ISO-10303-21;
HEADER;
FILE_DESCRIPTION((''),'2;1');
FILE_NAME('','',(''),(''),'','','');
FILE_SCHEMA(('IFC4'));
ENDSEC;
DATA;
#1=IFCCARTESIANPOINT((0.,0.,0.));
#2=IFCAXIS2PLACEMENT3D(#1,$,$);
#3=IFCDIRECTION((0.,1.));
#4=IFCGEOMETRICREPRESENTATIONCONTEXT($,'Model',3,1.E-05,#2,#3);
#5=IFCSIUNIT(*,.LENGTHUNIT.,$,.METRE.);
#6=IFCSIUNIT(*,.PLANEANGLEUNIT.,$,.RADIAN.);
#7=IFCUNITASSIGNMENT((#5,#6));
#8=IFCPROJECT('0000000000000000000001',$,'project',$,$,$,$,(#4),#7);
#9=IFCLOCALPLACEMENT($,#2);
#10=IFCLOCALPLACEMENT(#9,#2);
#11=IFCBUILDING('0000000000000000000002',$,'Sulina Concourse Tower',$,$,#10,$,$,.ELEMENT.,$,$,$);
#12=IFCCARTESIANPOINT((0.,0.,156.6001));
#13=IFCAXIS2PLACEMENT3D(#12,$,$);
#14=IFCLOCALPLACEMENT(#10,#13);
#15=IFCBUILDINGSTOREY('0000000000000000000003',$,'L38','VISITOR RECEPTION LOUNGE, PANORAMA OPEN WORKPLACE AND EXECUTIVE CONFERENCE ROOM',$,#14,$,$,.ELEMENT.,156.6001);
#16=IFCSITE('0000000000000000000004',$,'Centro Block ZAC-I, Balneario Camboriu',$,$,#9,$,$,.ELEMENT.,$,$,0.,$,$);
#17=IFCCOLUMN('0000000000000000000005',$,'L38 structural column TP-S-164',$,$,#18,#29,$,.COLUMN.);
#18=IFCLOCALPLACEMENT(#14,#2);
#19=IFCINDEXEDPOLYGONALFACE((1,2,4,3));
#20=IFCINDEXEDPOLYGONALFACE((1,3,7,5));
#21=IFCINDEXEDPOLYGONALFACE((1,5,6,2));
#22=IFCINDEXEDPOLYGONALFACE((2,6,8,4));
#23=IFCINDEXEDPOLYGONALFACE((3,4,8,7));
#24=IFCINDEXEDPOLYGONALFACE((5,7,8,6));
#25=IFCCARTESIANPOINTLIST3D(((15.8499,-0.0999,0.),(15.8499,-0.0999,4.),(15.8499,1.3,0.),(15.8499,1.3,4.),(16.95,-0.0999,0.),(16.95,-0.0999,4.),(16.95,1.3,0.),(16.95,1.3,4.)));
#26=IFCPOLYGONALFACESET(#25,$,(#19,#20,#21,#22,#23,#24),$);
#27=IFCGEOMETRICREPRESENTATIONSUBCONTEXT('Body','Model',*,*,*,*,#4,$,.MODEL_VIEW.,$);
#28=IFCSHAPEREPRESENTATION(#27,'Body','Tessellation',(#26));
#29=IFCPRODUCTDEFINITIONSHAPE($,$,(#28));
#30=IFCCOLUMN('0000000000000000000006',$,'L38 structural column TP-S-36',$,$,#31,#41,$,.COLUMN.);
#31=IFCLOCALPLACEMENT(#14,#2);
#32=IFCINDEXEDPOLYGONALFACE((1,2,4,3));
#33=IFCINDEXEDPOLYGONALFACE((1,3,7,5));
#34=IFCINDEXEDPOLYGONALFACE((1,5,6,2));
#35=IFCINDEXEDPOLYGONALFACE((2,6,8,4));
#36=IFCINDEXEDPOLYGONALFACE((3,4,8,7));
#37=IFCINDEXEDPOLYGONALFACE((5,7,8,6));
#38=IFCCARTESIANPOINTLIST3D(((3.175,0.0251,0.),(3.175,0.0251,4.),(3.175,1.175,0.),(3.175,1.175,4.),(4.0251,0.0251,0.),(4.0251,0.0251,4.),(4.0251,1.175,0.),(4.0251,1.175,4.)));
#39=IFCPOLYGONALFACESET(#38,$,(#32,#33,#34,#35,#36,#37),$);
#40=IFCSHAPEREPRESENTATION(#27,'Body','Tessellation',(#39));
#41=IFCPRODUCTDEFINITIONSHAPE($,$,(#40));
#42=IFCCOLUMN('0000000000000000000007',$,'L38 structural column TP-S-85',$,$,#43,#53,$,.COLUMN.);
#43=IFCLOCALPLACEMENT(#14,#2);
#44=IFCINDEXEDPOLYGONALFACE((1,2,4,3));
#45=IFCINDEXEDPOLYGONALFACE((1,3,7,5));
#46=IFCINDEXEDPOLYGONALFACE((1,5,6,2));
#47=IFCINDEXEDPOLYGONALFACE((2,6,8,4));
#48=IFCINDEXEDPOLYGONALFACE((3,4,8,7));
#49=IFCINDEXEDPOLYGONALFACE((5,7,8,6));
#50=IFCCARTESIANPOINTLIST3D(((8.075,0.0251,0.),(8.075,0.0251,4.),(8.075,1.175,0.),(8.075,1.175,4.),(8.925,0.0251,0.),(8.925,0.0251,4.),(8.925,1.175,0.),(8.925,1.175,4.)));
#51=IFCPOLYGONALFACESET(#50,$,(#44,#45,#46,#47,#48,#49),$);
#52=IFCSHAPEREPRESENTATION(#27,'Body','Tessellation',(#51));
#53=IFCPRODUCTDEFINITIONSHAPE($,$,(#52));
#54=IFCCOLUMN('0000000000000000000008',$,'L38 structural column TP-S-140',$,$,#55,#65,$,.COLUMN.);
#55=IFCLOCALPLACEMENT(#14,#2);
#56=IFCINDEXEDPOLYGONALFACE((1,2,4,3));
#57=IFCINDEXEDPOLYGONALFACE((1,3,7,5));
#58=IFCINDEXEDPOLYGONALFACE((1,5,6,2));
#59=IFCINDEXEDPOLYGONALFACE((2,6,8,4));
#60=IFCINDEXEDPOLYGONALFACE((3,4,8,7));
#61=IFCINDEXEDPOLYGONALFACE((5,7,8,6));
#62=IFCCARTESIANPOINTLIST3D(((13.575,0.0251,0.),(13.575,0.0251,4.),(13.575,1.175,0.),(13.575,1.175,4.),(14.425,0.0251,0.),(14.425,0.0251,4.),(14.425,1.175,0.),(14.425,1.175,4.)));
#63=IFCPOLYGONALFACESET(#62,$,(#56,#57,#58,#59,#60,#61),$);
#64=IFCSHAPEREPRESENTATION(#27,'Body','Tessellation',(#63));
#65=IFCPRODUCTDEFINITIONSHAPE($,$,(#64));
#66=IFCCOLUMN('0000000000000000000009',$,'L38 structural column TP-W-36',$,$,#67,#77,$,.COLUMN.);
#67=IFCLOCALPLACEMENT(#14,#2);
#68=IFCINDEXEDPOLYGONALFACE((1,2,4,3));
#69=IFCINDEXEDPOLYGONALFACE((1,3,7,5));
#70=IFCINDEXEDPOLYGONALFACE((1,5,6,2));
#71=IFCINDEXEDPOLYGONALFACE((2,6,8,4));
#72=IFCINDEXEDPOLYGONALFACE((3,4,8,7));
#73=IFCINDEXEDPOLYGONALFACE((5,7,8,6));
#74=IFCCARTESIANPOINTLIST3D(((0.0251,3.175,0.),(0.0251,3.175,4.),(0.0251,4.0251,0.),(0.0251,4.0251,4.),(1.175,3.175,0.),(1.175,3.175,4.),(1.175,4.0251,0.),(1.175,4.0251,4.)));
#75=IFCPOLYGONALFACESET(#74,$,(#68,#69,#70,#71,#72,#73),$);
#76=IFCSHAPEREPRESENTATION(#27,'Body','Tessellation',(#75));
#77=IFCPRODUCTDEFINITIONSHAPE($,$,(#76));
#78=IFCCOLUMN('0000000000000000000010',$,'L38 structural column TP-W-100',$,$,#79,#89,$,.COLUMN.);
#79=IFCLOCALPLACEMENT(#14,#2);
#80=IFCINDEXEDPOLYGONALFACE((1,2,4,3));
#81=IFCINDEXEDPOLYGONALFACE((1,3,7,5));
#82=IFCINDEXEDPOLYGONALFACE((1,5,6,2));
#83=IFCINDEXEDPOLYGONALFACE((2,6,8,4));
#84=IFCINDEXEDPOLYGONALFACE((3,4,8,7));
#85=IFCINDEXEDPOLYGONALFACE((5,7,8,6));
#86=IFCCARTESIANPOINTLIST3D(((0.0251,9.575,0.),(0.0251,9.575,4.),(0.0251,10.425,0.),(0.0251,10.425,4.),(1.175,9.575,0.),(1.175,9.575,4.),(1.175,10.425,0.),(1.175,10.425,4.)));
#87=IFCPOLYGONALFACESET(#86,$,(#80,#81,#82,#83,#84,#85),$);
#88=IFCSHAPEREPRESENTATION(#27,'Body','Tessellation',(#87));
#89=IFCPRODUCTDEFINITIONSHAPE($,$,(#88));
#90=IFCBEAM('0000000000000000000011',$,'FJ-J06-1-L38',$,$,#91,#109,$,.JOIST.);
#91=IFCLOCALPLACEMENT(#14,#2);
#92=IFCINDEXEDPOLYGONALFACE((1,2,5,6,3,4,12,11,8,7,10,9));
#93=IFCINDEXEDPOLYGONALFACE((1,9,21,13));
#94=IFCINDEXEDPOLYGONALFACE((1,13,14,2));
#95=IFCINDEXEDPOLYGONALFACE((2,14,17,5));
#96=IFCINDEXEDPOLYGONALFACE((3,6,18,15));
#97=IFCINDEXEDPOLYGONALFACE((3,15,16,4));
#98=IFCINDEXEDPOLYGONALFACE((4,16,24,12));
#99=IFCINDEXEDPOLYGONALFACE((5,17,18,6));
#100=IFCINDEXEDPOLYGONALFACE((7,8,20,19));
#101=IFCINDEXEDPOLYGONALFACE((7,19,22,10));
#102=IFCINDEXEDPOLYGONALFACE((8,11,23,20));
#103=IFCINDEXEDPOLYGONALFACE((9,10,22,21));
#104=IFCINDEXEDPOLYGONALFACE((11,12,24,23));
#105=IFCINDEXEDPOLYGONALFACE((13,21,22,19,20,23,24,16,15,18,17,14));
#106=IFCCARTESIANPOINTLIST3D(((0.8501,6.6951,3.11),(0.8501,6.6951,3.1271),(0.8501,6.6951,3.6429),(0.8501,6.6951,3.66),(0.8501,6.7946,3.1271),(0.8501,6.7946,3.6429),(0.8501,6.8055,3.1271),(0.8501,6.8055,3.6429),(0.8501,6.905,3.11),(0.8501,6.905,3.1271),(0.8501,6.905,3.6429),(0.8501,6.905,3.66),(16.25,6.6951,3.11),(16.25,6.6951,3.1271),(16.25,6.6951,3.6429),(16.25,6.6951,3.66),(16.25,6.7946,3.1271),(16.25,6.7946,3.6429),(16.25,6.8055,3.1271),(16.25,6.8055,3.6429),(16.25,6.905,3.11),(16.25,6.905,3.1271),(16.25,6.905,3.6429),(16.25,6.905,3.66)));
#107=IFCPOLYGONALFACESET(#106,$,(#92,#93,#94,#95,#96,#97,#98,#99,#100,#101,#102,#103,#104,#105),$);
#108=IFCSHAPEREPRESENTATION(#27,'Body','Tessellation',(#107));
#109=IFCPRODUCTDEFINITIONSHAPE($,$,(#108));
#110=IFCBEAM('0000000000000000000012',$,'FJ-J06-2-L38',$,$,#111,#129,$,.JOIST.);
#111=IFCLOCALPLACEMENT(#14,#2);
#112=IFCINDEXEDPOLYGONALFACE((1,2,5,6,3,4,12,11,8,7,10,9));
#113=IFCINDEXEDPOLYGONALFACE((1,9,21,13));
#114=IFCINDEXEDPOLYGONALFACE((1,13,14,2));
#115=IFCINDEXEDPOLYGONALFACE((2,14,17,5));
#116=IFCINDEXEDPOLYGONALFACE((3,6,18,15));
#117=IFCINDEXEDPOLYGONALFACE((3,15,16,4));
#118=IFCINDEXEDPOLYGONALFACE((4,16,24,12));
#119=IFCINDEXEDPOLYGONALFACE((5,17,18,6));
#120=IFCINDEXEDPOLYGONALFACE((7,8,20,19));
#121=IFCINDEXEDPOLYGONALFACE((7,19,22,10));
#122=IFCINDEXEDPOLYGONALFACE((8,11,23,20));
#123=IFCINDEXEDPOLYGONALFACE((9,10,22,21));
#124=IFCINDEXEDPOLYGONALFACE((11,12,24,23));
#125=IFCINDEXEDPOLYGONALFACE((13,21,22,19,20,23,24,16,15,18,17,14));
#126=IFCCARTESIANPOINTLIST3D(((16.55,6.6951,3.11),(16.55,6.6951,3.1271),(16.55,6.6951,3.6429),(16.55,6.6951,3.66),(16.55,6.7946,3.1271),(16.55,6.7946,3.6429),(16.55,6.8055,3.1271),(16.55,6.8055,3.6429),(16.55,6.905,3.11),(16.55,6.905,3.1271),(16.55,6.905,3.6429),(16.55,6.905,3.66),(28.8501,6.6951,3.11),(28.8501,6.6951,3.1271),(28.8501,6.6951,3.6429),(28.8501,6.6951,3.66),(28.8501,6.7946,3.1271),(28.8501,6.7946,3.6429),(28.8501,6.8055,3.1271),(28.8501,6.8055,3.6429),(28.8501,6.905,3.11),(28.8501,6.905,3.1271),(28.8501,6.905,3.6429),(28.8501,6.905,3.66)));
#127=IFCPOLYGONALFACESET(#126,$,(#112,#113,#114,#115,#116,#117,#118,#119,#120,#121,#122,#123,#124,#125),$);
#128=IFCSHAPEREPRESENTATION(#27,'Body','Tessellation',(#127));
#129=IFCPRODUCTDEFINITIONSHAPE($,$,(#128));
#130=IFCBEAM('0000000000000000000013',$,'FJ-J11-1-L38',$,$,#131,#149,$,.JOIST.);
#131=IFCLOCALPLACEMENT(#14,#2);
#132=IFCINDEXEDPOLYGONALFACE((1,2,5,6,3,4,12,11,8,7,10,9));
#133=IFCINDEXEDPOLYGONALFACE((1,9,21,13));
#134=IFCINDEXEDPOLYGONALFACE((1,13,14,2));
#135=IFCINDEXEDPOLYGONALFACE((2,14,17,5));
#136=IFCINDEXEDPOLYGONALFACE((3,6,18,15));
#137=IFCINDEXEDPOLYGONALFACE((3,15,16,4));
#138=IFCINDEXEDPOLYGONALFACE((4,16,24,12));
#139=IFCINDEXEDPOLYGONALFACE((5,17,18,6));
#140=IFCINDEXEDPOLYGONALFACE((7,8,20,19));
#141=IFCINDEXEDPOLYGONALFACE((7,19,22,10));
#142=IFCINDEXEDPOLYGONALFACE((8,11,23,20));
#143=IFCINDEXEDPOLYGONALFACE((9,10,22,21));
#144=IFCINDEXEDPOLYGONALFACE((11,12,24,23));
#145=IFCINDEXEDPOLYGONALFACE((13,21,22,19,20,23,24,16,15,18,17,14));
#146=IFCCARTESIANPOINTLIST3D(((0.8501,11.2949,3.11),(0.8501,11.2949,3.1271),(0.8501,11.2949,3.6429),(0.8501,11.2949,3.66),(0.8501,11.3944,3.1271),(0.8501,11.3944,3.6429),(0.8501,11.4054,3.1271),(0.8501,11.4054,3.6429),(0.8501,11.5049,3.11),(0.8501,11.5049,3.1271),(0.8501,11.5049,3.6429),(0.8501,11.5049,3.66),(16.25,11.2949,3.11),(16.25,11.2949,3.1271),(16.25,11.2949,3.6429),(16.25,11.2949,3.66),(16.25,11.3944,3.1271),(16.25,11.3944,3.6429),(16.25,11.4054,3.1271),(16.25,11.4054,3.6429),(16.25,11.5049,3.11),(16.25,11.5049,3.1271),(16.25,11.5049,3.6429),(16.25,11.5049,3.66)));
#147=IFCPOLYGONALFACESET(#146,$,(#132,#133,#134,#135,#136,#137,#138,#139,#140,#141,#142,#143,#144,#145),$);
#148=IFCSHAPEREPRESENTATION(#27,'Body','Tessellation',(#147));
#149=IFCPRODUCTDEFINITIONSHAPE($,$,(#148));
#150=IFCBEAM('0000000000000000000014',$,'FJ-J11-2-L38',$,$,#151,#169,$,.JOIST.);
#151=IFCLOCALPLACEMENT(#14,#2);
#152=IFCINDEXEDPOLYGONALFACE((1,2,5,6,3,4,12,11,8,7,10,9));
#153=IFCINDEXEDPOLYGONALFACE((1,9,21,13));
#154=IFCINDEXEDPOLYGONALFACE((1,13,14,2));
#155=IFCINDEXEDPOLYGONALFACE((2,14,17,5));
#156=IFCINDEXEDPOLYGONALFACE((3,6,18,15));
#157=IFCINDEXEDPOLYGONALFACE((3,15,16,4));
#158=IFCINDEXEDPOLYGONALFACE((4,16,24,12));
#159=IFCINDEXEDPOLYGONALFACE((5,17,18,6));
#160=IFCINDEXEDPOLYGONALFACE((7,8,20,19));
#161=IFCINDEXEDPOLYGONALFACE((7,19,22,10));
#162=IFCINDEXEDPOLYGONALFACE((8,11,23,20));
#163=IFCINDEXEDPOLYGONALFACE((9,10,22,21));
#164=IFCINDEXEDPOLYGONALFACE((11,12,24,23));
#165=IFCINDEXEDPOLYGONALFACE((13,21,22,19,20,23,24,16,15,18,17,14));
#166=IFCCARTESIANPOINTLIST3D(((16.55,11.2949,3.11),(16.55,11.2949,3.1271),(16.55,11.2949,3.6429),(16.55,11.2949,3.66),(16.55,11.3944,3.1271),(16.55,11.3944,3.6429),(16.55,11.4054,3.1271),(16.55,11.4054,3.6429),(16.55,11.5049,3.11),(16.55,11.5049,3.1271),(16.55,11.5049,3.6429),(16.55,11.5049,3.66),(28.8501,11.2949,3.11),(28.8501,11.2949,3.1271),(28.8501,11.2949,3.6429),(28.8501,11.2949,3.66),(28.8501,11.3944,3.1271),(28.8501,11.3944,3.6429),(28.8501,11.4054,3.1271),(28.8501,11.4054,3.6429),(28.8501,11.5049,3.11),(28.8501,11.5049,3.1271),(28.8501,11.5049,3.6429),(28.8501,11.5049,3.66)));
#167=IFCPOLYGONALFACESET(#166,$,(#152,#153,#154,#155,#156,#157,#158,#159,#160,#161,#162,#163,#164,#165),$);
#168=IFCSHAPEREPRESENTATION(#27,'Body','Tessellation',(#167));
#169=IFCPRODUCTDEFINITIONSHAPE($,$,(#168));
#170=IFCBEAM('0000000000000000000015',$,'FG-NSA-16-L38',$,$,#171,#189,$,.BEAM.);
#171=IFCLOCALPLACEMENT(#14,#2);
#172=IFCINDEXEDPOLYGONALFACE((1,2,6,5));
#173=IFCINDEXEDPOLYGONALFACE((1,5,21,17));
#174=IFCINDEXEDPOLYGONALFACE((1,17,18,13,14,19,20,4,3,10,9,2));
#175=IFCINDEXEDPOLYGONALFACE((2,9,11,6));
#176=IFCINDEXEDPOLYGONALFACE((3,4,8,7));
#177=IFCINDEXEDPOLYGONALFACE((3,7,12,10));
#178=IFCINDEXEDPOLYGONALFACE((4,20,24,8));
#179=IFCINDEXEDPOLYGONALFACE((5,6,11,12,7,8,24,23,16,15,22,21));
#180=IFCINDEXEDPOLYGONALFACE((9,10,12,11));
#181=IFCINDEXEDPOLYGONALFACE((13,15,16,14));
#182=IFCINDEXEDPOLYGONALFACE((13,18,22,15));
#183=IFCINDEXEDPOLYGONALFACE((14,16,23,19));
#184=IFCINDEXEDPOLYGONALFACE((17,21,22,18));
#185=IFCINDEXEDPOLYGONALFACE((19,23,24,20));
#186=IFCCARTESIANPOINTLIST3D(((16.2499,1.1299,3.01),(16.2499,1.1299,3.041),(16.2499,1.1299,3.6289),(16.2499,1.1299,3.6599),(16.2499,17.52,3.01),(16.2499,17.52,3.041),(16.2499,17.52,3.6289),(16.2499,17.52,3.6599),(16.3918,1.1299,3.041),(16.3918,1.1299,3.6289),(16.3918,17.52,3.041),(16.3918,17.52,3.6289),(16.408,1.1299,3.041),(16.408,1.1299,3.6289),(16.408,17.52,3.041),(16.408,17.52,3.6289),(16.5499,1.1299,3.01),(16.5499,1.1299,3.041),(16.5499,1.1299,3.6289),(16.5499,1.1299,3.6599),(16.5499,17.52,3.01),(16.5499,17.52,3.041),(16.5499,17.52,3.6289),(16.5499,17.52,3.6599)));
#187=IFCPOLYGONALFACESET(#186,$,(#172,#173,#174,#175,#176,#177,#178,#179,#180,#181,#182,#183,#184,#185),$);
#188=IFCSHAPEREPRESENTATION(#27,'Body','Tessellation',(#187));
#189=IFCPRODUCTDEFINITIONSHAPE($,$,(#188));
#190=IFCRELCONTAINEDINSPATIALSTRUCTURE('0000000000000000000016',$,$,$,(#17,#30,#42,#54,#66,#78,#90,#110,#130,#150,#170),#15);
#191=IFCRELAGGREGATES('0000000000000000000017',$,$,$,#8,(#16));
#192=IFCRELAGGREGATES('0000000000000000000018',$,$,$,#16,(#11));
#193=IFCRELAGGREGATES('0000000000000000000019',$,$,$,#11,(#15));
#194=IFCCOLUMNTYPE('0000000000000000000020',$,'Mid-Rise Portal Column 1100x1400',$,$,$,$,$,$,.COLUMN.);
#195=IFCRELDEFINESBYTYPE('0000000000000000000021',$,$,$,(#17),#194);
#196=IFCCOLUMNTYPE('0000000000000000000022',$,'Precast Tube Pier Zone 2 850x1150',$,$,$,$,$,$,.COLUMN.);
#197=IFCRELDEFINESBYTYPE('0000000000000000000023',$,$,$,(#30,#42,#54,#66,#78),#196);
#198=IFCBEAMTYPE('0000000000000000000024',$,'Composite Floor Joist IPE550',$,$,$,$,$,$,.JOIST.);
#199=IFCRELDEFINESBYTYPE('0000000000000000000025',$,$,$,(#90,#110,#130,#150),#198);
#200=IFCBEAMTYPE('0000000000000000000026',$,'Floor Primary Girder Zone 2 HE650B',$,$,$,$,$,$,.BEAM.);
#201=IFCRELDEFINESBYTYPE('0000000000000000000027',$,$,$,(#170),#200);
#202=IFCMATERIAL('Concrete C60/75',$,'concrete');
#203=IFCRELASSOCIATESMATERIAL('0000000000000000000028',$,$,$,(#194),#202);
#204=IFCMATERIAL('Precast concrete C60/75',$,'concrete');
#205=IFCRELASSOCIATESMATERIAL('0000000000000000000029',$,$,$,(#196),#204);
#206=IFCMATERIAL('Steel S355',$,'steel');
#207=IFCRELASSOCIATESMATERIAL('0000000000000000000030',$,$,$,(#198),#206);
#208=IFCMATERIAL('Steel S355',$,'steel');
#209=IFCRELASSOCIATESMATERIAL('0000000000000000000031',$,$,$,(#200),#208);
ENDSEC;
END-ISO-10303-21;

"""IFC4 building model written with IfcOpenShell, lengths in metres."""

from ifc_helpers import new_model, si_unit, direction, frame, origin, origin_2d, place, context, subcontext, project, spatial, rectangle, i_section, extrude, material, material_profile, profile_set, type_object, element, save


model = new_model("IFC4")

# Units and contexts
model_context = context("Model", 3, precision=1e-05, world=origin(), true_north=direction((0.0, 1.0)))
body_context = subcontext(model_context, "Body", "Model", "MODEL_VIEW")
ifc_project = project(units=[si_unit("LENGTHUNIT", "METRE"), si_unit("PLANEANGLEUNIT", "RADIAN")], contexts=[model_context])

# Site, building, storey
site_placement = place(None, origin())
site = spatial("IfcSite", under=ifc_project, at=site_placement, Name="Centro Block ZAC-I, Balneario Camboriu", CompositionType="ELEMENT", RefElevation=0.0)
building_placement = place(site_placement, origin())
building = spatial("IfcBuilding", under=site, at=building_placement, Name="Sulina Concourse Tower", CompositionType="ELEMENT")
storey_placement = place(building_placement, frame((0.0, 0.0, 156.6001)))
storey = spatial("IfcBuildingStorey", under=building, at=storey_placement, Name="L38", Description="VISITOR RECEPTION LOUNGE, PANORAMA OPEN WORKPLACE AND EXECUTIVE CONFERENCE ROOM", CompositionType="ELEMENT", Elevation=156.6001)

# Columns
ifc_material_1 = material(Name="Concrete C60/75", Category="concrete")
ifc_material_profile_1 = material_profile(ifc_material_1, rectangle(XDim=1.1001, YDim=1.3999, at=origin_2d()), Name="RC 1100x1400")
ifc_profile_set_1 = profile_set([ifc_material_profile_1], Name="Concrete C60/75")
column_type_1 = type_object("IfcColumnType", Name="Mid-Rise Portal Column 1100x1400", PredefinedType="COLUMN", material=ifc_profile_set_1)
column_placement = place(storey_placement, frame((16.3999, 0.6001, 0.0), z_axis=(0.0, 0.0, 1.0), x_axis=(1.0, 0.0, 0.0)))
element("IfcColumn", 1, at=column_placement, inside=storey, type_object=column_type_1, Name="L38 structural column TP-S-164", PredefinedType="COLUMN", context=body_context, shape_type="SweptSolid", body=[
    extrude(rectangle(XDim=1.1001, YDim=1.3999, at=origin_2d()), origin(), (0.0, 0.0, 1.0), 4.0),
])
ifc_material_2 = material(Name="Precast concrete C60/75", Category="concrete")
ifc_material_profile_2 = material_profile(ifc_material_2, rectangle(XDim=0.8501, YDim=1.1499, at=origin_2d()), Name="PC 850x1150")
ifc_profile_set_2 = profile_set([ifc_material_profile_2], Name="Precast concrete C60/75")
column_type_2 = type_object("IfcColumnType", Name="Precast Tube Pier Zone 2 850x1150", PredefinedType="COLUMN", material=ifc_profile_set_2)
for number, where, z_axis, x_axis, name in (
    (2, (3.6001, 0.6001, 0.0), (0.0, 0.0, 1.0), (1.0, 0.0, 0.0), "L38 structural column TP-S-36"),
    (3, (8.5, 0.6001, 0.0), (0.0, 0.0, 1.0), (1.0, 0.0, 0.0), "L38 structural column TP-S-85"),
    (4, (14.0, 0.6001, 0.0), (0.0, 0.0, 1.0), (1.0, 0.0, 0.0), "L38 structural column TP-S-140"),
    (5, (0.6001, 3.6001, 0.0), (0.0, 0.0, 1.0), (0.0, 1.0, 0.0), "L38 structural column TP-W-36"),
    (6, (0.6001, 10.0, 0.0), (0.0, 0.0, 1.0), (0.0, 1.0, 0.0), "L38 structural column TP-W-100"),
):
    element("IfcColumn", number, at=place(storey_placement, frame(where, z_axis=z_axis, x_axis=x_axis)), inside=storey, type_object=column_type_2, Name=name, PredefinedType="COLUMN", context=body_context, shape_type="SweptSolid", body=[
        extrude(rectangle(XDim=0.8501, YDim=1.1499, at=origin_2d()), origin(), (0.0, 0.0, 1.0), 4.0),
    ])

# Beams
ifc_material_3 = material(Name="Steel S355", Category="steel")
ifc_material_profile_3 = material_profile(ifc_material_3, i_section(OverallWidth=0.21, OverallDepth=0.55, WebThickness=0.011, FlangeThickness=0.0171, at=origin_2d()), Name="IPE 550")
ifc_profile_set_3 = profile_set([ifc_material_profile_3], Name="Steel S355")
beam_type_1 = type_object("IfcBeamType", Name="Composite Floor Joist IPE550", PredefinedType="JOIST", material=ifc_profile_set_3)
beam_1_placement = place(storey_placement, frame((0.8501, 6.8, 3.385), z_axis=(1.0, 0.0, 0.0), x_axis=(0.0, 1.0, 0.0)))
element("IfcBeam", 7, at=beam_1_placement, inside=storey, type_object=beam_type_1, Name="FJ-J06-1-L38", PredefinedType="JOIST", context=body_context, shape_type="SweptSolid", body=[
    extrude(i_section(OverallWidth=0.21, OverallDepth=0.55, WebThickness=0.011, FlangeThickness=0.0171, at=origin_2d()), origin(), (0.0, 0.0, 1.0), 15.3999),
])
beam_2_placement = place(storey_placement, frame((16.55, 6.8, 3.385), z_axis=(1.0, 0.0, 0.0), x_axis=(0.0, 1.0, 0.0)))
element("IfcBeam", 8, at=beam_2_placement, inside=storey, type_object=beam_type_1, Name="FJ-J06-2-L38", PredefinedType="JOIST", context=body_context, shape_type="SweptSolid", body=[
    extrude(i_section(OverallWidth=0.21, OverallDepth=0.55, WebThickness=0.011, FlangeThickness=0.0171, at=origin_2d()), origin(), (0.0, 0.0, 1.0), 12.3),
])
beam_3_placement = place(storey_placement, frame((0.8501, 11.3999, 3.385), z_axis=(1.0, 0.0, 0.0), x_axis=(0.0, 1.0, 0.0)))
element("IfcBeam", 9, at=beam_3_placement, inside=storey, type_object=beam_type_1, Name="FJ-J11-1-L38", PredefinedType="JOIST", context=body_context, shape_type="SweptSolid", body=[
    extrude(i_section(OverallWidth=0.21, OverallDepth=0.55, WebThickness=0.011, FlangeThickness=0.0171, at=origin_2d()), origin(), (0.0, 0.0, 1.0), 15.3999),
])
beam_4_placement = place(storey_placement, frame((16.55, 11.3999, 3.385), z_axis=(1.0, 0.0, 0.0), x_axis=(0.0, 1.0, 0.0)))
element("IfcBeam", 10, at=beam_4_placement, inside=storey, type_object=beam_type_1, Name="FJ-J11-2-L38", PredefinedType="JOIST", context=body_context, shape_type="SweptSolid", body=[
    extrude(i_section(OverallWidth=0.21, OverallDepth=0.55, WebThickness=0.011, FlangeThickness=0.0171, at=origin_2d()), origin(), (0.0, 0.0, 1.0), 12.3),
])
ifc_material_4 = material(Name="Steel S355", Category="steel")
ifc_material_profile_4 = material_profile(ifc_material_4, i_section(OverallWidth=0.3, OverallDepth=0.6499, WebThickness=0.0161, FlangeThickness=0.031, at=origin_2d()), Name="HE 650 B")
ifc_profile_set_4 = profile_set([ifc_material_profile_4], Name="Steel S355")
beam_type_2 = type_object("IfcBeamType", Name="Floor Primary Girder Zone 2 HE650B", PredefinedType="BEAM", material=ifc_profile_set_4)
beam_5_placement = place(storey_placement, frame((16.3999, 1.1299, 3.335), z_axis=(0.0, 1.0, 0.0), x_axis=(-1.0, 0.0, 0.0)))
element("IfcBeam", 11, at=beam_5_placement, inside=storey, type_object=beam_type_2, Name="FG-NSA-16-L38", PredefinedType="BEAM", context=body_context, shape_type="SweptSolid", body=[
    extrude(i_section(OverallWidth=0.3, OverallDepth=0.6499, WebThickness=0.0161, FlangeThickness=0.031, at=origin_2d()), origin(), (0.0, 0.0, 1.0), 16.3901),
])

save(model, "model.ifc")
